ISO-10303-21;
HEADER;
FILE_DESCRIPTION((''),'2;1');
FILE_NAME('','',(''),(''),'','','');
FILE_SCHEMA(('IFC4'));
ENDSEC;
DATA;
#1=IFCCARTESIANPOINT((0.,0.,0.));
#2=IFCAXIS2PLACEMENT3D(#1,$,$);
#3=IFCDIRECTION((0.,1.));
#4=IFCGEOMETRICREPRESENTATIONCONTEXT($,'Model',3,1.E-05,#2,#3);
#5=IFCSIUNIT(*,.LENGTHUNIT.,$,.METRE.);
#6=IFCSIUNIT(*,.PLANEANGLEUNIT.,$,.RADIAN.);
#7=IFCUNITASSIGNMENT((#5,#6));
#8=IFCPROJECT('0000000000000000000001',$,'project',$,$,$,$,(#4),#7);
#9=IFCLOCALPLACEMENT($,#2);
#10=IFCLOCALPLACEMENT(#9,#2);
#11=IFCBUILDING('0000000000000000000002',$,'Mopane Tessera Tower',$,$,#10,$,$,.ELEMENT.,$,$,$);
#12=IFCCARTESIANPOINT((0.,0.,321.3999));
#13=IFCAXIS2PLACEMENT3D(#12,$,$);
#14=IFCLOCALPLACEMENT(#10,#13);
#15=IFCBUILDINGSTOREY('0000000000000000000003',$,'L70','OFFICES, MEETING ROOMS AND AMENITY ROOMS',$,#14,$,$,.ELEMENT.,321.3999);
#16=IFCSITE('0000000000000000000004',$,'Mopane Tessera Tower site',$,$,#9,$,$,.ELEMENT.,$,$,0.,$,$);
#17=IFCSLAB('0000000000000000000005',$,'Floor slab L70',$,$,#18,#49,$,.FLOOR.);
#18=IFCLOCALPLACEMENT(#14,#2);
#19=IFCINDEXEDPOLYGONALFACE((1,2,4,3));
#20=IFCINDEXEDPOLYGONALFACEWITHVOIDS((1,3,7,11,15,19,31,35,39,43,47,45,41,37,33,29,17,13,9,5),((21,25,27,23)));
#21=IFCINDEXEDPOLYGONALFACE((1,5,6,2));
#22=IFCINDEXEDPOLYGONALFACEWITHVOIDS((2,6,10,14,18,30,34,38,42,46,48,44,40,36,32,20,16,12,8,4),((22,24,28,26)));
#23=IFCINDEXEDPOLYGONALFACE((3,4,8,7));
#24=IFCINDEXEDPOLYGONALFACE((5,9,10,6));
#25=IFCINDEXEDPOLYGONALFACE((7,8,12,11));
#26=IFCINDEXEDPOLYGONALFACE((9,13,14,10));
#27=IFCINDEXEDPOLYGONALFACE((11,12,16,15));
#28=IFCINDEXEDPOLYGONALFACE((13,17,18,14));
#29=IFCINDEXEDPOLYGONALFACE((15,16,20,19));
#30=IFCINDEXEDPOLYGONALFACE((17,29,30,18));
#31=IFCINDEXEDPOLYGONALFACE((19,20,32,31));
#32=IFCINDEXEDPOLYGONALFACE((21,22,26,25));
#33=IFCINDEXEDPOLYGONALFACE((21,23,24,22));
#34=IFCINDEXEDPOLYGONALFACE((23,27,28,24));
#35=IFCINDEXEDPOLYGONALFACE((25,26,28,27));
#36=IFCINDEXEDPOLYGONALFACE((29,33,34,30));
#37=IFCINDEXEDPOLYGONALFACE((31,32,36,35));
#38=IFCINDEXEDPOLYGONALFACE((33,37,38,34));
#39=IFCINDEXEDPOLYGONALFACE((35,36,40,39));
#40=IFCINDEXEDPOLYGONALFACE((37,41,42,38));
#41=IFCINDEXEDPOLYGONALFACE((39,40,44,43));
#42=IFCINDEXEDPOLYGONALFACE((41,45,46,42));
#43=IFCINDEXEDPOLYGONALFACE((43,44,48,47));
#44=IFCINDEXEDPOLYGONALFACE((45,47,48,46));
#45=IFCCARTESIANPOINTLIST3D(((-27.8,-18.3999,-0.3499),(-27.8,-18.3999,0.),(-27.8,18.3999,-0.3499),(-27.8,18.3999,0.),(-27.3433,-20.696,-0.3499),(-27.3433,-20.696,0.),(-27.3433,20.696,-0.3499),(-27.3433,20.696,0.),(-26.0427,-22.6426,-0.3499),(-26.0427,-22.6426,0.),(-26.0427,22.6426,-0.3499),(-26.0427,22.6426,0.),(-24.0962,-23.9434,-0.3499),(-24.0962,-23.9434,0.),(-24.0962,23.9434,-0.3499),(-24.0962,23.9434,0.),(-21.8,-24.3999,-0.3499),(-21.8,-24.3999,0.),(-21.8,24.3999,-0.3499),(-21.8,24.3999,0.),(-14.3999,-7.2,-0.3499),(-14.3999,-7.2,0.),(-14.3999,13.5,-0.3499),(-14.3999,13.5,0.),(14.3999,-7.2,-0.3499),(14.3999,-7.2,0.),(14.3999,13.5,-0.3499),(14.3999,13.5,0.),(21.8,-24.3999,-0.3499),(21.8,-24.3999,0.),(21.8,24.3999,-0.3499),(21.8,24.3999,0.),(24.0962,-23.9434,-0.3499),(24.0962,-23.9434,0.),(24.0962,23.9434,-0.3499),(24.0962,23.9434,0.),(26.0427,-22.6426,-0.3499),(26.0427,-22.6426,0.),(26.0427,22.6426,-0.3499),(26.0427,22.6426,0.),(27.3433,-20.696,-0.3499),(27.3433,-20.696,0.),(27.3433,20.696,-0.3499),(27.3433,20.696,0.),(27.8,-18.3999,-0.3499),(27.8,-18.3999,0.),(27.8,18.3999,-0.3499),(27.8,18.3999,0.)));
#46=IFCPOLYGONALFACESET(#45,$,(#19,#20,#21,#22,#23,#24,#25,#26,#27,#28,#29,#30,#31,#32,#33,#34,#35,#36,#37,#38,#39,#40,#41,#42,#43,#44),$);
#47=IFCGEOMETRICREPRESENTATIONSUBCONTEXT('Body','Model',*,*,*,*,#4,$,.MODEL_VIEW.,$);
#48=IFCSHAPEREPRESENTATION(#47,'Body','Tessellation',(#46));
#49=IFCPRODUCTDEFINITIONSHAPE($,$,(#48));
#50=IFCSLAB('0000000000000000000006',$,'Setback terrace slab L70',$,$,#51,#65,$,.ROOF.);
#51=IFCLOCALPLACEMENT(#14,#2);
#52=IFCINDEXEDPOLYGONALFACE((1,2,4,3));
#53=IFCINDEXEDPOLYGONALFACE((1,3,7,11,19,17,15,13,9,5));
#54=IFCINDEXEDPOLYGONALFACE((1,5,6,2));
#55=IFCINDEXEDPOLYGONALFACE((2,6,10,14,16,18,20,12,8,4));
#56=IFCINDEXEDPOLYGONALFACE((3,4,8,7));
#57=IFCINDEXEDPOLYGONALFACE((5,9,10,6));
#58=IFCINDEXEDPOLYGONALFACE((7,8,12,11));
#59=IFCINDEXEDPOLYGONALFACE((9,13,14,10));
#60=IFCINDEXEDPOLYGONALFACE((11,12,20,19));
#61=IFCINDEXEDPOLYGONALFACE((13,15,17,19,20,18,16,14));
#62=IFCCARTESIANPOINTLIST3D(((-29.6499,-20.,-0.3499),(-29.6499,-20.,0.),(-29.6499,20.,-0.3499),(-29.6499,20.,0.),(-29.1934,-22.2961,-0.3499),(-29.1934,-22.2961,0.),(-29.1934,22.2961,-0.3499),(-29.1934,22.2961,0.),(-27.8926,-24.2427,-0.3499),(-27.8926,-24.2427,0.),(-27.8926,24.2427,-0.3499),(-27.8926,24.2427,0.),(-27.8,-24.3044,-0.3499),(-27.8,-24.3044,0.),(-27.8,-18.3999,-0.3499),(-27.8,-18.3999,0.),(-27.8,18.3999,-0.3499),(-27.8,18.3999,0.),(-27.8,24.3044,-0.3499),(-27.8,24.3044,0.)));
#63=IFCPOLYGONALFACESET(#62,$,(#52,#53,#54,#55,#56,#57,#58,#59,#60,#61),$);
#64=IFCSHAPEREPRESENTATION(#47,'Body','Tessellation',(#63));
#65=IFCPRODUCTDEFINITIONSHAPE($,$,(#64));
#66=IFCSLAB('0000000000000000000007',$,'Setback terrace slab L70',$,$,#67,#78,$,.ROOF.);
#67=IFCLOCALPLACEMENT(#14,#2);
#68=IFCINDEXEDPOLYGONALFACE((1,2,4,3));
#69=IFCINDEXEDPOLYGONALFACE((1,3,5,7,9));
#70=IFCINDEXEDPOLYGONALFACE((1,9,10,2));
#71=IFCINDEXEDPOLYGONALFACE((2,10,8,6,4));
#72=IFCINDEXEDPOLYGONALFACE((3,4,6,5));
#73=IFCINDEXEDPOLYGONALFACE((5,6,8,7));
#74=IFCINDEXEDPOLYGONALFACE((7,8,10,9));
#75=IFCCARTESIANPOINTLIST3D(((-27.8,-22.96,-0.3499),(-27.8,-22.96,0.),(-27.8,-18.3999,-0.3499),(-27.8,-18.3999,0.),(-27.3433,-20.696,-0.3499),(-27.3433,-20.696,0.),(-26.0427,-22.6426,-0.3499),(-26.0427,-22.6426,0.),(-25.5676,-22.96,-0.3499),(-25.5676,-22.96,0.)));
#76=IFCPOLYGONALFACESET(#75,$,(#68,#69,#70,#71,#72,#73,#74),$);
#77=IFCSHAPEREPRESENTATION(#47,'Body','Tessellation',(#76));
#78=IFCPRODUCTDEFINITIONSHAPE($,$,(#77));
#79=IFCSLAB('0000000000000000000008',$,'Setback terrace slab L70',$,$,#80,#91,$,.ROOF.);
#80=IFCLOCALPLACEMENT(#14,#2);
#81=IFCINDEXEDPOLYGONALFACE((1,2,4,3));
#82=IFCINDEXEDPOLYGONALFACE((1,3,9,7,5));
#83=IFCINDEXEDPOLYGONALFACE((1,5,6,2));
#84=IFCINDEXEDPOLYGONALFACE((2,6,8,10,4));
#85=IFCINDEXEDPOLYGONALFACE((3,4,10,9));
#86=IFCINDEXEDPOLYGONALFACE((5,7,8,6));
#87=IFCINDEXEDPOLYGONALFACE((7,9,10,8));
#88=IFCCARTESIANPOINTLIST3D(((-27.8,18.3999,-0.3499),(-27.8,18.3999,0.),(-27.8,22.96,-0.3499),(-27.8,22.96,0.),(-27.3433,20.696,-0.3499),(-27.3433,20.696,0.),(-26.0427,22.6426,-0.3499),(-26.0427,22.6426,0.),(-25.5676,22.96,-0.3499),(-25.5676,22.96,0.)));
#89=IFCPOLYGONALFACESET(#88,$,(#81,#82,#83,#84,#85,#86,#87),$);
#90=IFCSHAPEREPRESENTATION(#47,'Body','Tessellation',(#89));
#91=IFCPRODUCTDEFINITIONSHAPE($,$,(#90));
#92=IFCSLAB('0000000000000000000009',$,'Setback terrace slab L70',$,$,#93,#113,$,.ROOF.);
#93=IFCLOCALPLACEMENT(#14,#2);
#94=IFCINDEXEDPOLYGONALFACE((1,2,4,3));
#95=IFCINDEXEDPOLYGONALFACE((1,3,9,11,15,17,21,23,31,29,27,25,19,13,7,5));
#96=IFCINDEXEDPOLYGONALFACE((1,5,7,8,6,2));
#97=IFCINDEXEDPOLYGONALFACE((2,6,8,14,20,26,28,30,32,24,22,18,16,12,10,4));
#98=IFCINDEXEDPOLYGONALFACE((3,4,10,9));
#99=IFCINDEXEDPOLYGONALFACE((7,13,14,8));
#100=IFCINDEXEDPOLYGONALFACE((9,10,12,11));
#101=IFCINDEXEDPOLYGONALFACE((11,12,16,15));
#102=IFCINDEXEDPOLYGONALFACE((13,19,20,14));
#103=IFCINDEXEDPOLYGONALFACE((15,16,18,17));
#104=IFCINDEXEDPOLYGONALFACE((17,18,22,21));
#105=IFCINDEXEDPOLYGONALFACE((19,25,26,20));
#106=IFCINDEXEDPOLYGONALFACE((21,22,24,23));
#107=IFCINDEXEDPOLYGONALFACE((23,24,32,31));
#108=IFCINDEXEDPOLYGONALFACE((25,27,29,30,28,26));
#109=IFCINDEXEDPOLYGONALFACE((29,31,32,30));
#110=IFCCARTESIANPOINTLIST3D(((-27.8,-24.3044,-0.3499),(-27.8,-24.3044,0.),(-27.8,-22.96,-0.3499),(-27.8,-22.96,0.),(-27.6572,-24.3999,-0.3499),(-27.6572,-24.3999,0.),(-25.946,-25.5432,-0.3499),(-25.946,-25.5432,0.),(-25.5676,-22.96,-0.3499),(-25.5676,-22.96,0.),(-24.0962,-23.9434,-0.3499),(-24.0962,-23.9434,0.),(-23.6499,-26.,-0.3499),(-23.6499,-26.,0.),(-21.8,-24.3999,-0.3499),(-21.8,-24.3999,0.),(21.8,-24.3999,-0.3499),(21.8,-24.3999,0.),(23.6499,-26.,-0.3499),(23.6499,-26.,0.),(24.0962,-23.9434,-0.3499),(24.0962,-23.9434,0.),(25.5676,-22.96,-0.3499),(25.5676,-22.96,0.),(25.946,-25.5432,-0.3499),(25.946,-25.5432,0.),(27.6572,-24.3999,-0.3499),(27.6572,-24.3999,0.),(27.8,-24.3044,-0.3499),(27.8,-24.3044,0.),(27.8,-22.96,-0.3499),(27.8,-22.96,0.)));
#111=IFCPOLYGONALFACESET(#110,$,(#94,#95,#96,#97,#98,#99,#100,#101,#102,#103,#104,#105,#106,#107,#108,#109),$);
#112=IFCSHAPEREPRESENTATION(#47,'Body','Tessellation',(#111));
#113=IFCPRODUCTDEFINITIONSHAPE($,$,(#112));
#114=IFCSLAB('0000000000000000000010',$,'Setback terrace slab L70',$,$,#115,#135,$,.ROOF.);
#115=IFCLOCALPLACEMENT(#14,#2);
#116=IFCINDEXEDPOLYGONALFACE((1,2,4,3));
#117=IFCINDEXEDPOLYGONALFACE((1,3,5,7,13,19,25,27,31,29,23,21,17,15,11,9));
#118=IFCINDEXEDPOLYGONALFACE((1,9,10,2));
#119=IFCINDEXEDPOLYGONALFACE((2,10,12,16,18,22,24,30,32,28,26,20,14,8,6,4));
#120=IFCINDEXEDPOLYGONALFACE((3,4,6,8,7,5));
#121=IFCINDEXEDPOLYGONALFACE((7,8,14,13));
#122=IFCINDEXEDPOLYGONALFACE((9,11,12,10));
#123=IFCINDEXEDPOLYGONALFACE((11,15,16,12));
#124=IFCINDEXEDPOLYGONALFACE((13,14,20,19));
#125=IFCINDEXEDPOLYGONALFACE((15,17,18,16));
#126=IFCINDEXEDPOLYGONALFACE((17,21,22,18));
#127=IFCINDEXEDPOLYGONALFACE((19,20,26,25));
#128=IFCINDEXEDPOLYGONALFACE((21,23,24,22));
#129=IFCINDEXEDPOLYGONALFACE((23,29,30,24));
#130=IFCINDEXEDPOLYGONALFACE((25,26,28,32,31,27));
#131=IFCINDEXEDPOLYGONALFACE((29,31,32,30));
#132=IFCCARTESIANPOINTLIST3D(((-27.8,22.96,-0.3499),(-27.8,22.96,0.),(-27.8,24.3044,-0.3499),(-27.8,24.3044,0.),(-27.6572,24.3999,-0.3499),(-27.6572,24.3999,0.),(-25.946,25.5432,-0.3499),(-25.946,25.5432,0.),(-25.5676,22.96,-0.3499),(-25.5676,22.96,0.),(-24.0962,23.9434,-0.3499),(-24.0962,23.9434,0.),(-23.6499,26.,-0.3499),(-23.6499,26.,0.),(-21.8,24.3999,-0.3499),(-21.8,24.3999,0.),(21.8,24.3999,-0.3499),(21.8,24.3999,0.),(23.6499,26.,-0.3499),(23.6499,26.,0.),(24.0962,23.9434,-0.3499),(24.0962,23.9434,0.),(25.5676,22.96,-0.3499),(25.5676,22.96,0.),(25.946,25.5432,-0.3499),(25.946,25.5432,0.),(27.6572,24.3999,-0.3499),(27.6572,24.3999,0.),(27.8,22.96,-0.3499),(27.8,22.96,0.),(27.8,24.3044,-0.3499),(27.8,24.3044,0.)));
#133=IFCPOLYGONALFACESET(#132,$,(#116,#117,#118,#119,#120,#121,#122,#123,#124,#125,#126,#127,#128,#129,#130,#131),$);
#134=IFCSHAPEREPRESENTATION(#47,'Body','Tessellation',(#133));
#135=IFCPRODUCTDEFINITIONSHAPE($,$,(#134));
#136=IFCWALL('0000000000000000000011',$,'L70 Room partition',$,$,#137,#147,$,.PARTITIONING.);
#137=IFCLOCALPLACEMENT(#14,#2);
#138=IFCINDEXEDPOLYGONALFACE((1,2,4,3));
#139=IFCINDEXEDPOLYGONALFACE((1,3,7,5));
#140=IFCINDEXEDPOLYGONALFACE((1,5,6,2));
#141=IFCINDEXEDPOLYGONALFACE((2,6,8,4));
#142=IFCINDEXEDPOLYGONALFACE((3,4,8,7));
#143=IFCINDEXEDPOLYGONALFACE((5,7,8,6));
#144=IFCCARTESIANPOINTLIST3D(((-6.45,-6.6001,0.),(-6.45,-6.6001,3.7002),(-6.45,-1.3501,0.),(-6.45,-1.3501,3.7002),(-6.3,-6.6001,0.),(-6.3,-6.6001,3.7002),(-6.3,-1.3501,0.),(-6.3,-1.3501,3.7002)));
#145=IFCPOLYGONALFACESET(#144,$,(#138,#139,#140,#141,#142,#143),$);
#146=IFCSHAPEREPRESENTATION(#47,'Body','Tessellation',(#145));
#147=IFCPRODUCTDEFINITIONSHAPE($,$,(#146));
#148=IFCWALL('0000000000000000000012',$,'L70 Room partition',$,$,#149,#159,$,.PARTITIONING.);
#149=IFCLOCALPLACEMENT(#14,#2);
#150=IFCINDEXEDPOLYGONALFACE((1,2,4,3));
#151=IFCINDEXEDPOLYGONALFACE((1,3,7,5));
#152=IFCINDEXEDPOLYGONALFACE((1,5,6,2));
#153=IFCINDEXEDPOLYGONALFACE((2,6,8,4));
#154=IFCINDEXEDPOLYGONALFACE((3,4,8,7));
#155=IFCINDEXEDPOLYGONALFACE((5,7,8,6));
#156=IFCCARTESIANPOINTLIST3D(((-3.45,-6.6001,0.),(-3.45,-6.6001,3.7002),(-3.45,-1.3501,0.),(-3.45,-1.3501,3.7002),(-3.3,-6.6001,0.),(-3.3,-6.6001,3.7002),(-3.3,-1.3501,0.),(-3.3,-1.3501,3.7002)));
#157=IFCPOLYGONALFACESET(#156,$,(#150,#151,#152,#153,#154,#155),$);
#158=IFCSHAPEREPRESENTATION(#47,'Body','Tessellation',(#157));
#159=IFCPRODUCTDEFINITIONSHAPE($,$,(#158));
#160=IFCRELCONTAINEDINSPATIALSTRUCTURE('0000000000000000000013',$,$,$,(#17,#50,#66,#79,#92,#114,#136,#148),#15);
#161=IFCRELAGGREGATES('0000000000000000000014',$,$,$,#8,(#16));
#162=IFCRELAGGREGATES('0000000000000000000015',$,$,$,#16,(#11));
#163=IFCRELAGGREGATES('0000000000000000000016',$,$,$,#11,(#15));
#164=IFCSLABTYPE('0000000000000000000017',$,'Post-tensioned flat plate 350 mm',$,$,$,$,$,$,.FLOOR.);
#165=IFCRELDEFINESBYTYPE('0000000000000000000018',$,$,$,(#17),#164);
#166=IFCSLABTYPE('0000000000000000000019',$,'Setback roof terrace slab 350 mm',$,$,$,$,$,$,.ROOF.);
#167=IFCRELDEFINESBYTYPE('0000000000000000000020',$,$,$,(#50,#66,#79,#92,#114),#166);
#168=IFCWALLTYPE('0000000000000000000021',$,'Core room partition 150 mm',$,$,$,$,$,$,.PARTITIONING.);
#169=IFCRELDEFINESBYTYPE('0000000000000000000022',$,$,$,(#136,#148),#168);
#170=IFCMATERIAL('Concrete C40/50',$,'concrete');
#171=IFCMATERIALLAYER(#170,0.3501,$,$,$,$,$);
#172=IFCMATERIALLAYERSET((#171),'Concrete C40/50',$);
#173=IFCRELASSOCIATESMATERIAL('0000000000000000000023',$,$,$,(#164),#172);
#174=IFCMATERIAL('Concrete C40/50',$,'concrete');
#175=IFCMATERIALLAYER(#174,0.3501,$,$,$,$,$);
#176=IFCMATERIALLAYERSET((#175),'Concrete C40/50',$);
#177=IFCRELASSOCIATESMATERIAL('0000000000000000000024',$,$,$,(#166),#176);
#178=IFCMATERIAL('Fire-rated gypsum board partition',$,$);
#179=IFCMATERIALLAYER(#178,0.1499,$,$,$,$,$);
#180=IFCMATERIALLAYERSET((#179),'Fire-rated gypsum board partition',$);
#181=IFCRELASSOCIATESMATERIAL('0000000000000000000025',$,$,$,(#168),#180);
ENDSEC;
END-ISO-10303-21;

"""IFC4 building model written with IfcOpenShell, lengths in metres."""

from ifc_helpers import new_model, si_unit, direction, frame, frame_2d, origin, place, context, subcontext, project, spatial, polyline, rectangle, outline, extrude, material, layer, layer_set, type_object, element, save


model = new_model("IFC4")

# Units and contexts
model_context = context("Model", 3, precision=1e-05, world=origin(), true_north=direction((0.0, 1.0)))
body_context = subcontext(model_context, "Body", "Model", "MODEL_VIEW")
ifc_project = project(units=[si_unit("LENGTHUNIT", "METRE"), si_unit("PLANEANGLEUNIT", "RADIAN")], contexts=[model_context])

# Site, building, storey
site_placement = place(None, origin())
site = spatial("IfcSite", under=ifc_project, at=site_placement, Name="Mopane Tessera Tower site", CompositionType="ELEMENT", RefElevation=0.0)
building_placement = place(site_placement, origin())
building = spatial("IfcBuilding", under=site, at=building_placement, Name="Mopane Tessera Tower", CompositionType="ELEMENT")
storey_placement = place(building_placement, frame((0.0, 0.0, 321.3999)))
storey = spatial("IfcBuildingStorey", under=building, at=storey_placement, Name="L70", Description="OFFICES, MEETING ROOMS AND AMENITY ROOMS", CompositionType="ELEMENT", Elevation=321.3999)

# Slabs
ifc_material_1 = material(Name="Concrete C40/50", Category="concrete")
ifc_layer_1 = layer(ifc_material_1, 0.3501)
ifc_layer_set_1 = layer_set([ifc_layer_1], Name="Concrete C40/50")
slab_type_1 = type_object("IfcSlabType", Name="Post-tensioned flat plate 350 mm", PredefinedType="FLOOR", material=ifc_layer_set_1)
slab_1_placement = place(storey_placement, frame((0.0, 0.0, -0.3499)))
element("IfcSlab", 1, at=slab_1_placement, inside=storey, type_object=slab_type_1, Name="Floor slab L70", PredefinedType="FLOOR", context=body_context, shape_type="SweptSolid", body=[
    extrude(outline(polyline([(-21.8, -24.3999), (21.8, -24.3999), (24.0962, -23.9434), (26.0427, -22.6426), (27.3433, -20.696), (27.8, -18.3999), (27.8, 18.3999), (27.3433, 20.696), (26.0427, 22.6426), (24.0962, 23.9434), (21.8, 24.3999), (-21.8, 24.3999), (-24.0962, 23.9434), (-26.0427, 22.6426), (-27.3433, 20.696), (-27.8, 18.3999), (-27.8, -18.3999), (-27.3433, -20.696), (-26.0427, -22.6426), (-24.0962, -23.9434), (-21.8, -24.3999)]), holes=[polyline([(14.3999, -7.2), (-14.3999, -7.2), (-14.3999, 13.5), (14.3999, 13.5), (14.3999, -7.2)])]), origin(), (0.0, 0.0, 1.0), 0.3499),
])
ifc_material_2 = material(Name="Concrete C40/50", Category="concrete")
ifc_layer_2 = layer(ifc_material_2, 0.3501)
ifc_layer_set_2 = layer_set([ifc_layer_2], Name="Concrete C40/50")
slab_type_2 = type_object("IfcSlabType", Name="Setback roof terrace slab 350 mm", PredefinedType="ROOF", material=ifc_layer_set_2)
slab_2_placement = place(storey_placement, frame((0.0, 0.0, -0.3499)))
element("IfcSlab", 2, at=slab_2_placement, inside=storey, type_object=slab_type_2, Name="Setback terrace slab L70", PredefinedType="ROOF", context=body_context, shape_type="SweptSolid", body=[
    extrude(outline(polyline([(-27.8, -24.3044), (-27.8, -18.3999), (-27.8, 18.3999), (-27.8, 24.3044), (-27.8926, 24.2427), (-29.1934, 22.2961), (-29.6499, 20.0), (-29.6499, -20.0), (-29.1934, -22.2961), (-27.8926, -24.2427), (-27.8, -24.3044)])), origin(), (0.0, 0.0, 1.0), 0.3499),
])
slab_3_placement = place(storey_placement, frame((0.0, 0.0, -0.3499)))
element("IfcSlab", 3, at=slab_3_placement, inside=storey, type_object=slab_type_2, Name="Setback terrace slab L70", PredefinedType="ROOF", context=body_context, shape_type="SweptSolid", body=[
    extrude(outline(polyline([(-27.8, -18.3999), (-27.8, -22.96), (-25.5676, -22.96), (-26.0427, -22.6426), (-27.3433, -20.696), (-27.8, -18.3999)])), origin(), (0.0, 0.0, 1.0), 0.3499),
])
slab_4_placement = place(storey_placement, frame((0.0, 0.0, -0.3499)))
element("IfcSlab", 4, at=slab_4_placement, inside=storey, type_object=slab_type_2, Name="Setback terrace slab L70", PredefinedType="ROOF", context=body_context, shape_type="SweptSolid", body=[
    extrude(outline(polyline([(-25.5676, 22.96), (-27.8, 22.96), (-27.8, 18.3999), (-27.3433, 20.696), (-26.0427, 22.6426), (-25.5676, 22.96)])), origin(), (0.0, 0.0, 1.0), 0.3499),
])
slab_5_placement = place(storey_placement, frame((0.0, 0.0, -0.3499)))
element("IfcSlab", 5, at=slab_5_placement, inside=storey, type_object=slab_type_2, Name="Setback terrace slab L70", PredefinedType="ROOF", context=body_context, shape_type="SweptSolid", body=[
    extrude(outline(polyline([(-21.8, -24.3999), (-24.0962, -23.9434), (-25.5676, -22.96), (-27.8, -22.96), (-27.8, -24.3044), (-27.6572, -24.3999), (-25.946, -25.5432), (-23.6499, -26.0), (23.6499, -26.0), (25.946, -25.5432), (27.6572, -24.3999), (27.8, -24.3044), (27.8, -22.96), (25.5676, -22.96), (24.0962, -23.9434), (21.8, -24.3999), (-21.8, -24.3999)])), origin(), (0.0, 0.0, 1.0), 0.3499),
])
slab_6_placement = place(storey_placement, frame((0.0, 0.0, -0.3499)))
element("IfcSlab", 6, at=slab_6_placement, inside=storey, type_object=slab_type_2, Name="Setback terrace slab L70", PredefinedType="ROOF", context=body_context, shape_type="SweptSolid", body=[
    extrude(outline(polyline([(21.8, 24.3999), (24.0962, 23.9434), (25.5676, 22.96), (27.8, 22.96), (27.8, 24.3044), (27.6572, 24.3999), (25.946, 25.5432), (23.6499, 26.0), (-23.6499, 26.0), (-25.946, 25.5432), (-27.6572, 24.3999), (-27.8, 24.3044), (-27.8, 22.96), (-25.5676, 22.96), (-24.0962, 23.9434), (-21.8, 24.3999), (21.8, 24.3999)])), origin(), (0.0, 0.0, 1.0), 0.3499),
])

# Walls
ifc_material_3 = material(Name="Fire-rated gypsum board partition")
ifc_layer_3 = layer(ifc_material_3, 0.1499)
ifc_layer_set_3 = layer_set([ifc_layer_3], Name="Fire-rated gypsum board partition")
wall_type_1 = type_object("IfcWallType", Name="Core room partition 150 mm", PredefinedType="PARTITIONING", material=ifc_layer_set_3)
for number, where, z_axis, x_axis, name in (
    (7, (-6.375, -6.6001, 0.0), (0.0, 0.0, 1.0), (0.0, 1.0, 0.0), "L70 Room partition"),
    (8, (-3.375, -6.6001, 0.0), (0.0, 0.0, 1.0), (0.0, 1.0, 0.0), "L70 Room partition"),
):
    element("IfcWall", number, at=place(storey_placement, frame(where, z_axis=z_axis, x_axis=x_axis)), inside=storey, type_object=wall_type_1, Name=name, PredefinedType="PARTITIONING", context=body_context, shape_type="SweptSolid", body=[
        extrude(rectangle(XDim=5.25, YDim=0.1499, at=frame_2d((2.625, 0.0))), origin(), (0.0, 0.0, 1.0), 3.7002),
    ])

save(model, "model.ifc")
